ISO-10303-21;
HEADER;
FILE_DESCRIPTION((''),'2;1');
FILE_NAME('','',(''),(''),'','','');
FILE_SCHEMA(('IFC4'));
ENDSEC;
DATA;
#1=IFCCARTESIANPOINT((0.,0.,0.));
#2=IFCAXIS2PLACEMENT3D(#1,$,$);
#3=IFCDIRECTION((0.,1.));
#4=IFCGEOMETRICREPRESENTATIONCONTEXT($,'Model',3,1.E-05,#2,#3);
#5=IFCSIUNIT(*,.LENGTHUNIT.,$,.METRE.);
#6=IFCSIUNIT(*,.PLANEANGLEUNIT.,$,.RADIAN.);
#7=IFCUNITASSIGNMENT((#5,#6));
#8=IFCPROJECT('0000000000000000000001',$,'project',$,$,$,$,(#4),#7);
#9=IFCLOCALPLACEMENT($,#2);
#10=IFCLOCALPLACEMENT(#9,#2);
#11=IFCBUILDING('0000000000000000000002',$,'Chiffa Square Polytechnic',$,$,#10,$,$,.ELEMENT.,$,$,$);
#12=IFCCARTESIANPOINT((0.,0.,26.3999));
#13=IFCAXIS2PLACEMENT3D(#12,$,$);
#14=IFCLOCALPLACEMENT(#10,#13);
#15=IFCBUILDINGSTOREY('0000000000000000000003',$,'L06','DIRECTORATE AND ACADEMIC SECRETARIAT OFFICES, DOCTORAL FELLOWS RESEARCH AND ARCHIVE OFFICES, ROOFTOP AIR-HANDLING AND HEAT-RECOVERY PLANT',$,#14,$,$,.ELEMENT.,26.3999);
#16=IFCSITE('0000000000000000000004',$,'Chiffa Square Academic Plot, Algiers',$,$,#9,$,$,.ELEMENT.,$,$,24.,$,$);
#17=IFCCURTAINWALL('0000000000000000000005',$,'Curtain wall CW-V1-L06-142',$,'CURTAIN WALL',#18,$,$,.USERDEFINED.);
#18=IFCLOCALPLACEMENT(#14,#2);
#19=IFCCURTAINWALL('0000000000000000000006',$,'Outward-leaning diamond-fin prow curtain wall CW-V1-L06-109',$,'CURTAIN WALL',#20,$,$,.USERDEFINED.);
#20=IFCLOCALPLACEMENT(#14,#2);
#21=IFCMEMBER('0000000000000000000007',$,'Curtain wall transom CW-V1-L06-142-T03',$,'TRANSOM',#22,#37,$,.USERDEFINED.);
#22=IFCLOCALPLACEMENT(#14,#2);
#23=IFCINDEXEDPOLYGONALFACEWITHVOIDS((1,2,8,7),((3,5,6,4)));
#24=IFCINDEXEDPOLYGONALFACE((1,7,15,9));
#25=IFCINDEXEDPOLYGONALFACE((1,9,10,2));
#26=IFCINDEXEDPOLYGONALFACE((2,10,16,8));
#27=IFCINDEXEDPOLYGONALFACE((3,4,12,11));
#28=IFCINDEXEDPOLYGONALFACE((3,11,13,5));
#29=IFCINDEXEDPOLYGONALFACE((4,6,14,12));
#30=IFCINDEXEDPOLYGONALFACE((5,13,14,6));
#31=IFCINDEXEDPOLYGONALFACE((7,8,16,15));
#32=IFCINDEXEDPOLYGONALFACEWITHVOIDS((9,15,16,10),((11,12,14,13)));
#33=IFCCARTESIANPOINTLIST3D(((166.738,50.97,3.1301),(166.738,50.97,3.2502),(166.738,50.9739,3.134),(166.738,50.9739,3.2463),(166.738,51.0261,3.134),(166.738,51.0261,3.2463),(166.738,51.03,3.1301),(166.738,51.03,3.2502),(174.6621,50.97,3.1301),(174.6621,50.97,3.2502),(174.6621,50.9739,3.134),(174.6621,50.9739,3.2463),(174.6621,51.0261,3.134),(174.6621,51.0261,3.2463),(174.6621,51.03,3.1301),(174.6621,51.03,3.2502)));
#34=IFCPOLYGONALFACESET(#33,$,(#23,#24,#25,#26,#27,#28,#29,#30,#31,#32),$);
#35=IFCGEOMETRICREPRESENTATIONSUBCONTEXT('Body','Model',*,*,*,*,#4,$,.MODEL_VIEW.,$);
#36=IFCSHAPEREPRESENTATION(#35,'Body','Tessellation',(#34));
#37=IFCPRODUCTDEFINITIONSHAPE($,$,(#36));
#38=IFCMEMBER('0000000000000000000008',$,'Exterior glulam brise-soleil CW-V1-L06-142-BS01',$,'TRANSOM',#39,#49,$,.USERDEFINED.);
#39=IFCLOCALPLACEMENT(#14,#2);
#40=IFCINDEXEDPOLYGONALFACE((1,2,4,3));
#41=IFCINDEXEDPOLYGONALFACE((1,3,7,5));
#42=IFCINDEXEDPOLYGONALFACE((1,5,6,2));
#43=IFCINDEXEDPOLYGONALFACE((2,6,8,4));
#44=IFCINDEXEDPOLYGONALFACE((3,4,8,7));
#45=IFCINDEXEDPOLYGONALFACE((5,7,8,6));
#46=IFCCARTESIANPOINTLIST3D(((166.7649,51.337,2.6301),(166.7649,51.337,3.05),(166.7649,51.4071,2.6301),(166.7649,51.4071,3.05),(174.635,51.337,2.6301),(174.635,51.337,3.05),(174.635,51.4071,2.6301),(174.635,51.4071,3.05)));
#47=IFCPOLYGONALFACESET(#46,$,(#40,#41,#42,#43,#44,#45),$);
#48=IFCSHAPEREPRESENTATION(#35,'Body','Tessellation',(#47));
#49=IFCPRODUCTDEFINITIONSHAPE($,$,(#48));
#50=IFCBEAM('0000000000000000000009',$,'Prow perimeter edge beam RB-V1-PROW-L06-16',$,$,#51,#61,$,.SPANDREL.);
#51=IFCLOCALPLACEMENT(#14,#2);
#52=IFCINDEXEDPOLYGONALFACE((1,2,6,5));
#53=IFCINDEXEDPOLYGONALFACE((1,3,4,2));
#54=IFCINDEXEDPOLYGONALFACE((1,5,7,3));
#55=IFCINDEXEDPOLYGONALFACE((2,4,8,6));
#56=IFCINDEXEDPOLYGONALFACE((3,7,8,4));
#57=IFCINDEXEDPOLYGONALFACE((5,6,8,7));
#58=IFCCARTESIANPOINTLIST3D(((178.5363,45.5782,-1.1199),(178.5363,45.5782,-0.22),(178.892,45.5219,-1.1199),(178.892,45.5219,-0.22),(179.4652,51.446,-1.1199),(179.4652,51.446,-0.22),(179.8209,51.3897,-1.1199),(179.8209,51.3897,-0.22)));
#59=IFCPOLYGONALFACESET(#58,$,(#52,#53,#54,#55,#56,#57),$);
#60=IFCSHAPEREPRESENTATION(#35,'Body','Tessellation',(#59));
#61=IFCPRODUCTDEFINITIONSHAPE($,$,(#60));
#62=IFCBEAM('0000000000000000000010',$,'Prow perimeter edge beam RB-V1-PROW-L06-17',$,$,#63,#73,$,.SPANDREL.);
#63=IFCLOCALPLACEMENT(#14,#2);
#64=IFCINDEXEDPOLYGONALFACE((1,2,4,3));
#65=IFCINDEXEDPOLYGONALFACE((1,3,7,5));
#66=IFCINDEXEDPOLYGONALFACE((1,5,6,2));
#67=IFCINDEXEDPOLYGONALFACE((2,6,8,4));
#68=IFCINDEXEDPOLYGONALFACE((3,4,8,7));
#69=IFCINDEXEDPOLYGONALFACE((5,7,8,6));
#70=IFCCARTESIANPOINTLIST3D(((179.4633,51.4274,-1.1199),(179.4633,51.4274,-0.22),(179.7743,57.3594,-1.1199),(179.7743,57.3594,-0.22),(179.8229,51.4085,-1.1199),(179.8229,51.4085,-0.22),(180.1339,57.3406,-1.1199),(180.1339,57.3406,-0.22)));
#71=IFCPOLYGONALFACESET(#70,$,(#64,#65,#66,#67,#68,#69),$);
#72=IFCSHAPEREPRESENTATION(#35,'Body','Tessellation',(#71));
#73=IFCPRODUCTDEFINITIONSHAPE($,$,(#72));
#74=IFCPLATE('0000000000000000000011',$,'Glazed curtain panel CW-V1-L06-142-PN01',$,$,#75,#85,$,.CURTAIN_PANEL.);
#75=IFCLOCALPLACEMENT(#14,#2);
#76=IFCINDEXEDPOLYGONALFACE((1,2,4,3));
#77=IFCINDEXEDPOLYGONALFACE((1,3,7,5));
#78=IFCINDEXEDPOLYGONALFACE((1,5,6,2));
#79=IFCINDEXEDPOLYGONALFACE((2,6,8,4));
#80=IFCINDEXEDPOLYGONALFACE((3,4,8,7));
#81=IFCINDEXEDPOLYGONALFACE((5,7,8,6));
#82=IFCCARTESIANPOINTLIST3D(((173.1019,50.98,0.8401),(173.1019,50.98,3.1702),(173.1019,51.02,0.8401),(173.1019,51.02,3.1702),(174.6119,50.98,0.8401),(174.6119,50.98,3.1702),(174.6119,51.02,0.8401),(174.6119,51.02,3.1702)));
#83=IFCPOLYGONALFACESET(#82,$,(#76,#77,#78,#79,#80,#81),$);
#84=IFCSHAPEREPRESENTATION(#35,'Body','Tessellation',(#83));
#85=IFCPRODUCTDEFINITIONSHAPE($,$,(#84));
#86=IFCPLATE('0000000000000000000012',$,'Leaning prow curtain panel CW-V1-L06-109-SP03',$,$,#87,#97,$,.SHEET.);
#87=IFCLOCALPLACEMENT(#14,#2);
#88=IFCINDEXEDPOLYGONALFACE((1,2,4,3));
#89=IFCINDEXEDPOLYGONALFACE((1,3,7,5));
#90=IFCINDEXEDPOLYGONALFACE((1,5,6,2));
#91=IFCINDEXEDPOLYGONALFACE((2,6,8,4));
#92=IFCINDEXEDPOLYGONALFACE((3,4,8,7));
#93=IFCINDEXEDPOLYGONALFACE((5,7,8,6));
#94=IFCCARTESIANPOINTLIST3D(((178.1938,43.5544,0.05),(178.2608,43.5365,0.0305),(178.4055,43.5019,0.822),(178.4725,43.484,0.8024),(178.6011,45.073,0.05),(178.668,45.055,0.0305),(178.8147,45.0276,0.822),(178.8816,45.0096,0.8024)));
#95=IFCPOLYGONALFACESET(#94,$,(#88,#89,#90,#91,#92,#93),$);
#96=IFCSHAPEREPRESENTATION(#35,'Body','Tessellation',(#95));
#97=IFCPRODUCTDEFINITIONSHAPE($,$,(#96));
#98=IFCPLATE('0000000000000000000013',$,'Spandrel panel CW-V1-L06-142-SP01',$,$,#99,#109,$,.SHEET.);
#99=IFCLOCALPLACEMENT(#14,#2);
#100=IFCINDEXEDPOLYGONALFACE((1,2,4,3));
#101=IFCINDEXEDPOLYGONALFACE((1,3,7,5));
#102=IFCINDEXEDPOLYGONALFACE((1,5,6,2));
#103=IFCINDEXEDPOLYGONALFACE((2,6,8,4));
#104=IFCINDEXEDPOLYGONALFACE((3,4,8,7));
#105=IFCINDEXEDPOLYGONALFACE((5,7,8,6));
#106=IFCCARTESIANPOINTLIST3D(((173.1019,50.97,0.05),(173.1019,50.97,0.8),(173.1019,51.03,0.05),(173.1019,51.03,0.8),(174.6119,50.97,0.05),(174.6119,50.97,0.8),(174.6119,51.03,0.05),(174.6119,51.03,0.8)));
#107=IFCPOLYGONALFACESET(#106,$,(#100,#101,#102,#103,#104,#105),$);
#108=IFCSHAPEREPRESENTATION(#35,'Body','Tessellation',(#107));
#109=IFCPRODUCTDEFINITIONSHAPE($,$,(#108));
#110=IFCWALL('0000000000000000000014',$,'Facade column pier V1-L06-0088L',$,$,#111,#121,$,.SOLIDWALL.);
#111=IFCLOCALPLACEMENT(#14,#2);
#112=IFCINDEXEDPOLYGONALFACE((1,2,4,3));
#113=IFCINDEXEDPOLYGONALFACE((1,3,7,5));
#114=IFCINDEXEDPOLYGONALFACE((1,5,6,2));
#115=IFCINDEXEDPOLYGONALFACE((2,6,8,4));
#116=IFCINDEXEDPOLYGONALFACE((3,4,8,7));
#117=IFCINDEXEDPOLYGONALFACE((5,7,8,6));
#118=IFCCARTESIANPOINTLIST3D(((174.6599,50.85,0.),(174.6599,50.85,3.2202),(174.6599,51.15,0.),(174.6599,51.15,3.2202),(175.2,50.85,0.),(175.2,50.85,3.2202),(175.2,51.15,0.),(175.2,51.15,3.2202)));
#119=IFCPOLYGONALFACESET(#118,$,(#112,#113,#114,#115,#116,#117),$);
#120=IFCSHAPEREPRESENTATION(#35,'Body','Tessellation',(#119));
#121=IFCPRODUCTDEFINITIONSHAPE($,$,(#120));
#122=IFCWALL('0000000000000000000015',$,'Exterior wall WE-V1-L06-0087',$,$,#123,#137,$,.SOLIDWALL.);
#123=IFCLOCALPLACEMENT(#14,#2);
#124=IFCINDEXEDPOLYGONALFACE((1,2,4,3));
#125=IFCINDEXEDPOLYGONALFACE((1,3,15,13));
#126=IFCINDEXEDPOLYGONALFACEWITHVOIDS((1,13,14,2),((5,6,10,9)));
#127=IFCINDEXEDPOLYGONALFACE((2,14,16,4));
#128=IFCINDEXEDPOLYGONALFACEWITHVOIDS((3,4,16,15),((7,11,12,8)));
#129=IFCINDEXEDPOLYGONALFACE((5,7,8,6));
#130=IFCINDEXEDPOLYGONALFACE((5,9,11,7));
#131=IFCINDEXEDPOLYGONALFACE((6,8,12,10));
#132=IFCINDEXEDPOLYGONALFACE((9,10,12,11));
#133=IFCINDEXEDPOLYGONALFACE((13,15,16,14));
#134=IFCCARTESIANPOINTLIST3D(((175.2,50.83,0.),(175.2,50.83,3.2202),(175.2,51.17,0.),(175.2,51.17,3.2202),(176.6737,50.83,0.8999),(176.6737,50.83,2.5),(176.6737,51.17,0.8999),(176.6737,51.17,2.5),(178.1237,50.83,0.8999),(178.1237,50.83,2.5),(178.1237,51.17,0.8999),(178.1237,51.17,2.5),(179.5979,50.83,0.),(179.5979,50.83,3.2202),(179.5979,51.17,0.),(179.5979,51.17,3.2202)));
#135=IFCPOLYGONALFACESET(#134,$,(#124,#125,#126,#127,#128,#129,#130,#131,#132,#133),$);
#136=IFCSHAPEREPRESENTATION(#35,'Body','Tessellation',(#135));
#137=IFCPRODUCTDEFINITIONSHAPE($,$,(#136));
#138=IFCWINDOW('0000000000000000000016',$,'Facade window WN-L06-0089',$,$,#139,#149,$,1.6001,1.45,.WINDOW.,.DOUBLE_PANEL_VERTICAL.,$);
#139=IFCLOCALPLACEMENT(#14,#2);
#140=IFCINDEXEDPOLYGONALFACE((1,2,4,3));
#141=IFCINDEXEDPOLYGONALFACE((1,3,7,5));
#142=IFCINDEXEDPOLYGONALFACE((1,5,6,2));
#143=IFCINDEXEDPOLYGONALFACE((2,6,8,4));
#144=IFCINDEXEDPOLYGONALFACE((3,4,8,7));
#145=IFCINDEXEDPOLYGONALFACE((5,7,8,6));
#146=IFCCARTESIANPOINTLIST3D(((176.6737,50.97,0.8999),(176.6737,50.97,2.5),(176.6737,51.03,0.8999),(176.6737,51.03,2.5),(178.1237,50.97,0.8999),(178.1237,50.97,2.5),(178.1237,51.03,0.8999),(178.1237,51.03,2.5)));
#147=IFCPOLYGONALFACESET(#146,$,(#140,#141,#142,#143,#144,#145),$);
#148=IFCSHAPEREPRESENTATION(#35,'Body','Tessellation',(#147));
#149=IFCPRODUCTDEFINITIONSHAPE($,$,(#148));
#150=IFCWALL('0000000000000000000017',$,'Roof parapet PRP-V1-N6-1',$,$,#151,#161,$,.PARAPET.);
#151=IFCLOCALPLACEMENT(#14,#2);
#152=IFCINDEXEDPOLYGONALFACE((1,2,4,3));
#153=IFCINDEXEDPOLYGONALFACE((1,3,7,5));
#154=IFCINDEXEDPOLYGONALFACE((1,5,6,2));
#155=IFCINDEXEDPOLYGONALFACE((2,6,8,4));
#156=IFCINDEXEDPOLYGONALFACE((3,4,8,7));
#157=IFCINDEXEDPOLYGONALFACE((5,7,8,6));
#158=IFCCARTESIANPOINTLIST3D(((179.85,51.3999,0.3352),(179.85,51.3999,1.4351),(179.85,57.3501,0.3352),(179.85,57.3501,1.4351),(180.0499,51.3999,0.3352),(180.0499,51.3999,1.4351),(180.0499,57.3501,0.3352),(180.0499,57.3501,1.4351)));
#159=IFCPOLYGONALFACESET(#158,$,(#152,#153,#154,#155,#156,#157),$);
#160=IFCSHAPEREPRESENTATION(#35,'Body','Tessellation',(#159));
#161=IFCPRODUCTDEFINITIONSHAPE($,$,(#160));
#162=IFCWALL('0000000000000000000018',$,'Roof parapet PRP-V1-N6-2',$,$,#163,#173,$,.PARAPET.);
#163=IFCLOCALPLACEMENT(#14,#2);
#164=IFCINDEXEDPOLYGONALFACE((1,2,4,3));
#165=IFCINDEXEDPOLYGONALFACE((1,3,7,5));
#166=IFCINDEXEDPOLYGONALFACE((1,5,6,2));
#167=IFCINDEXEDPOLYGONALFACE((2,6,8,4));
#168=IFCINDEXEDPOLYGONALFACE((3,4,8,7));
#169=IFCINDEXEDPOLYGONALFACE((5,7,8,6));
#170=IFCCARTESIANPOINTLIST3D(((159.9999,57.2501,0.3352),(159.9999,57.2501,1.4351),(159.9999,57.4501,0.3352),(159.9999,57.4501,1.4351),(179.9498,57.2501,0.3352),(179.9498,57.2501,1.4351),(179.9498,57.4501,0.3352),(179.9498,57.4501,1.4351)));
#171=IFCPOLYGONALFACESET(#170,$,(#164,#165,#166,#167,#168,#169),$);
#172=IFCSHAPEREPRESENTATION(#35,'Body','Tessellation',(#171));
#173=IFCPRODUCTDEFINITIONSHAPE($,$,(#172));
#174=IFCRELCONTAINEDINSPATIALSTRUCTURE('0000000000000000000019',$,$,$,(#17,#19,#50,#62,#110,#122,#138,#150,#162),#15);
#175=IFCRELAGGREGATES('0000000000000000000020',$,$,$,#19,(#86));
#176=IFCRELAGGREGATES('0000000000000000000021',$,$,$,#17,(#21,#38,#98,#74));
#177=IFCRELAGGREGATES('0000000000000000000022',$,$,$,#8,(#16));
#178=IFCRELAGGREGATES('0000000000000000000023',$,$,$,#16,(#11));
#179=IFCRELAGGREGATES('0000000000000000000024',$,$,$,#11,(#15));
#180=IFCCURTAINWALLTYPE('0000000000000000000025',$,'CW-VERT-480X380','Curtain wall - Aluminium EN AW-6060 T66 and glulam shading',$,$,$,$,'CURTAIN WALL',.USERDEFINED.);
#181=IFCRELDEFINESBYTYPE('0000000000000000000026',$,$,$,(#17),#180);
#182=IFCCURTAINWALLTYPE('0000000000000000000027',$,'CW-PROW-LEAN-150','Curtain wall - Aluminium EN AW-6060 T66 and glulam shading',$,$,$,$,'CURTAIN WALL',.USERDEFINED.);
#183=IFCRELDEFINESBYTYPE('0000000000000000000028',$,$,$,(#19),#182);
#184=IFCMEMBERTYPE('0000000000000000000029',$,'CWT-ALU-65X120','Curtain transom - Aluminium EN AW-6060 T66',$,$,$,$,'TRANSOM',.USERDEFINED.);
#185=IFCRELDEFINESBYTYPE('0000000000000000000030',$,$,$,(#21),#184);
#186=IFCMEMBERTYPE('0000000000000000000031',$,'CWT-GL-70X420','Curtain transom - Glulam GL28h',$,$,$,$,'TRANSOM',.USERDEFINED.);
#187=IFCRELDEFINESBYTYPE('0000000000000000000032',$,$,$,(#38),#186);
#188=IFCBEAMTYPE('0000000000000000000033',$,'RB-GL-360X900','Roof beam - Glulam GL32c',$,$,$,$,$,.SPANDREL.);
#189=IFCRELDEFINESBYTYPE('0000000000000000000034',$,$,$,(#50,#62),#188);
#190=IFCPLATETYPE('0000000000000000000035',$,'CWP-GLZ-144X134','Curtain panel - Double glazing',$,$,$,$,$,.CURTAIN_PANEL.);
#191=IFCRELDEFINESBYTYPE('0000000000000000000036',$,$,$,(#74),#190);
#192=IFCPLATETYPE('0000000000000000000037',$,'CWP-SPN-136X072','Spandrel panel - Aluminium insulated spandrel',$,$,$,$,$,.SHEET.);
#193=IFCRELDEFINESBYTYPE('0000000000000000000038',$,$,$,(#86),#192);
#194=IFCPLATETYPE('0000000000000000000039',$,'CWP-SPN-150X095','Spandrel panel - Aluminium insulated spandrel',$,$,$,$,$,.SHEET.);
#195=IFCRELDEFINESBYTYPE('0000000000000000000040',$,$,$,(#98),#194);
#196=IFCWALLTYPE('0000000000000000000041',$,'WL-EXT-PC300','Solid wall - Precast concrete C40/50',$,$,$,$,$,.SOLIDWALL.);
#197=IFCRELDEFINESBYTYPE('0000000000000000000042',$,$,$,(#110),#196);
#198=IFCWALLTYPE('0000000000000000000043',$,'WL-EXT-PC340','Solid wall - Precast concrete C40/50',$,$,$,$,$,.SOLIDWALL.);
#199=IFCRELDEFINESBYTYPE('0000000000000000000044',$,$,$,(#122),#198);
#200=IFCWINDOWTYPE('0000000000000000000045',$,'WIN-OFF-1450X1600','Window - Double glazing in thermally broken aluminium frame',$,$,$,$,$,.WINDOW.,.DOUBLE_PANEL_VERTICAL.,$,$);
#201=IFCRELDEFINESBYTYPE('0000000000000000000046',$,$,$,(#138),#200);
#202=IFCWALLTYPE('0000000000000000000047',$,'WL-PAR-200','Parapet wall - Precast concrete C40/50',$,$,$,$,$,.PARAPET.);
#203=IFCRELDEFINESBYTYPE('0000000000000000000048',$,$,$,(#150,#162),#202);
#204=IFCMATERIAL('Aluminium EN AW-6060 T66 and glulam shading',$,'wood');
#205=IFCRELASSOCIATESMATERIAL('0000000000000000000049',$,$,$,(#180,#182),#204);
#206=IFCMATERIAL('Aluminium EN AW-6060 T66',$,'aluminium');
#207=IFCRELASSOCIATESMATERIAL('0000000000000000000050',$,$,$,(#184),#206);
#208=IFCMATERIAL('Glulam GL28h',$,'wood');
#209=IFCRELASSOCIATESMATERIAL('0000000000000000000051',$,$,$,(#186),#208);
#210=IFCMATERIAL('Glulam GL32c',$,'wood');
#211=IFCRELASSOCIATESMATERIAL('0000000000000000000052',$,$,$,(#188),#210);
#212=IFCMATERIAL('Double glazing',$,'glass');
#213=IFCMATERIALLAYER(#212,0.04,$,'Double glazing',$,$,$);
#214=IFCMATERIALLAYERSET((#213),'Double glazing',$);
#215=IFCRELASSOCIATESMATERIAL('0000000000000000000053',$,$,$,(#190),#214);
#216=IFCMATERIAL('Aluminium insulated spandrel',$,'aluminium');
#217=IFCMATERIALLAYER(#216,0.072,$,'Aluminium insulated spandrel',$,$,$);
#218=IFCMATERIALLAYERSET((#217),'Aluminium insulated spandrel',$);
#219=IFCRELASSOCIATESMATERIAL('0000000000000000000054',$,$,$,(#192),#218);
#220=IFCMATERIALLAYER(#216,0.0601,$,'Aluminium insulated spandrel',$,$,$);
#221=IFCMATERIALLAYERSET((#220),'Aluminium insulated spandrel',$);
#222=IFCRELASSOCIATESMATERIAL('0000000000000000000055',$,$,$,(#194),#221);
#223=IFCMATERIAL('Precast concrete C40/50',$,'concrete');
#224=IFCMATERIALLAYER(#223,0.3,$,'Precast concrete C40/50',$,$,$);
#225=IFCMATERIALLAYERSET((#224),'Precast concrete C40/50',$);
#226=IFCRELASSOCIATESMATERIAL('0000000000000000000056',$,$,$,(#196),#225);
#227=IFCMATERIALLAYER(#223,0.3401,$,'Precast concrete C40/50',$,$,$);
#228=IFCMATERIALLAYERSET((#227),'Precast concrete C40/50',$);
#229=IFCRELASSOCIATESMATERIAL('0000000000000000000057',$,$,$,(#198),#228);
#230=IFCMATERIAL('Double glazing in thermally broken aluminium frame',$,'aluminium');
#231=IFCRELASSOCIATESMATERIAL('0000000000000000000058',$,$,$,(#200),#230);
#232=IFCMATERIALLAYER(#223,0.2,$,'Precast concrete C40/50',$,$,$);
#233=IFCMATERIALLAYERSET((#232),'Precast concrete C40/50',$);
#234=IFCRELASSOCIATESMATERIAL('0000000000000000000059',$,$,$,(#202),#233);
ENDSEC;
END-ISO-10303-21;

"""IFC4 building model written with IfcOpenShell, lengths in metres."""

from ifc_helpers import new_model, si_unit, direction, frame, frame_2d, origin, origin_2d, place, context, subcontext, project, spatial, polyline, rectangle, hollow_rectangle, outline, extrude, material, layer, layer_set, material_profile, profile_set, type_object, element, fill, aggregate, save


model = new_model("IFC4")

# Units and contexts
model_context = context("Model", 3, precision=1e-05, world=origin(), true_north=direction((0.0, 1.0)))
body_context = subcontext(model_context, "Body", "Model", "MODEL_VIEW")
ifc_project = project(units=[si_unit("LENGTHUNIT", "METRE"), si_unit("PLANEANGLEUNIT", "RADIAN")], contexts=[model_context])

# Site, building, storey
site_placement = place(None, origin())
site = spatial("IfcSite", under=ifc_project, at=site_placement, Name="Chiffa Square Academic Plot, Algiers", CompositionType="ELEMENT", RefElevation=24.0)
building_placement = place(site_placement, origin())
building = spatial("IfcBuilding", under=site, at=building_placement, Name="Chiffa Square Polytechnic", CompositionType="ELEMENT")
storey_placement = place(building_placement, frame((0.0, 0.0, 26.3999)))
storey = spatial("IfcBuildingStorey", under=building, at=storey_placement, Name="L06", Description="DIRECTORATE AND ACADEMIC SECRETARIAT OFFICES, DOCTORAL FELLOWS RESEARCH AND ARCHIVE OFFICES, ROOFTOP AIR-HANDLING AND HEAT-RECOVERY PLANT", CompositionType="ELEMENT", Elevation=26.3999)

# Shared definitions
ifc_material_1 = material(Name="Glulam GL32c", Category="wood")

# Curtain wall
ifc_material_2 = material(Name="Aluminium EN AW-6060 T66 and glulam shading", Category="wood")
curtain_wall_type_1 = type_object("IfcCurtainWallType", Name="CW-VERT-480X380", Description="Curtain wall - Aluminium EN AW-6060 T66 and glulam shading", ElementType="CURTAIN WALL", PredefinedType="USERDEFINED", material=ifc_material_2)
curtain_wall_1_placement = place(storey_placement, origin())
curtain_wall_1 = element("IfcCurtainWall", 1, at=curtain_wall_1_placement, inside=storey, type_object=curtain_wall_type_1, Name="Curtain wall CW-V1-L06-142", ObjectType="CURTAIN WALL", PredefinedType="USERDEFINED")
ifc_material_3 = material(Name="Aluminium EN AW-6060 T66", Category="aluminium")

# Curtain wall
curtain_wall_type_2 = type_object("IfcCurtainWallType", Name="CW-PROW-LEAN-150", Description="Curtain wall - Aluminium EN AW-6060 T66 and glulam shading", ElementType="CURTAIN WALL", PredefinedType="USERDEFINED", material=ifc_material_2)
curtain_wall_2_placement = place(storey_placement, origin())
curtain_wall_2 = element("IfcCurtainWall", 2, at=curtain_wall_2_placement, inside=storey, type_object=curtain_wall_type_2, Name="Outward-leaning diamond-fin prow curtain wall CW-V1-L06-109", ObjectType="CURTAIN WALL", PredefinedType="USERDEFINED")
ifc_material_4 = material(Name="Glulam GL28h", Category="wood")

# Members
ifc_material_profile_1 = material_profile(ifc_material_3, hollow_rectangle(XDim=0.0601, YDim=0.1201, WallThickness=0.0039, at=origin_2d()), Name="ALU 60x120x4")
ifc_profile_set_1 = profile_set([ifc_material_profile_1], Name="Aluminium EN AW-6060 T66")
member_type_1 = type_object("IfcMemberType", Name="CWT-ALU-65X120", Description="Curtain transom - Aluminium EN AW-6060 T66", ElementType="TRANSOM", PredefinedType="USERDEFINED", material=ifc_profile_set_1)
member_1_placement = place(storey_placement, frame((174.6621, 51.0, 3.1902), z_axis=(-1.0, 0.0, 0.0), x_axis=(0.0, -1.0, 0.0)))
member_1 = element("IfcMember", 3, at=member_1_placement, type_object=member_type_1, Name="Curtain wall transom CW-V1-L06-142-T03", ObjectType="TRANSOM", PredefinedType="USERDEFINED", context=body_context, shape_type="SweptSolid", body=[
    extrude(hollow_rectangle(XDim=0.0601, YDim=0.1201, WallThickness=0.0039, at=origin_2d()), origin(), (0.0, 0.0, 1.0), 7.9241),
])
ifc_material_profile_2 = material_profile(ifc_material_4, rectangle(XDim=0.0701, YDim=0.4199, at=origin_2d()), Name="GL28h 70x420")
ifc_profile_set_2 = profile_set([ifc_material_profile_2], Name="Glulam GL28h")
member_type_2 = type_object("IfcMemberType", Name="CWT-GL-70X420", Description="Curtain transom - Glulam GL28h", ElementType="TRANSOM", PredefinedType="USERDEFINED", material=ifc_profile_set_2)
member_2_placement = place(storey_placement, frame((174.635, 51.3721, 2.8401), z_axis=(-1.0, 0.0, 0.0), x_axis=(0.0, -1.0, 0.0)))
member_2 = element("IfcMember", 4, at=member_2_placement, type_object=member_type_2, Name="Exterior glulam brise-soleil CW-V1-L06-142-BS01", ObjectType="TRANSOM", PredefinedType="USERDEFINED", context=body_context, shape_type="SweptSolid", body=[
    extrude(rectangle(XDim=0.0701, YDim=0.4199, at=origin_2d()), origin(), (0.0, 0.0, 1.0), 7.8701),
])

# Beams
ifc_material_profile_3 = material_profile(ifc_material_1, rectangle(XDim=0.3601, YDim=0.8999, at=origin_2d()), Name="GL32c 360x900")
ifc_profile_set_3 = profile_set([ifc_material_profile_3], Name="Glulam GL32c")
beam_type_1 = type_object("IfcBeamType", Name="RB-GL-360X900", Description="Roof beam - Glulam GL32c", PredefinedType="SPANDREL", material=ifc_profile_set_3)
beam_1_placement = place(storey_placement, frame((178.7141, 45.55, -0.6699), z_axis=(0.156364, 0.9877, 0.0), x_axis=(-0.9877, 0.156364, 0.0)))
element("IfcBeam", 5, at=beam_1_placement, inside=storey, type_object=beam_type_1, Name="Prow perimeter edge beam RB-V1-PROW-L06-16", PredefinedType="SPANDREL", context=body_context, shape_type="SweptSolid", body=[
    extrude(rectangle(XDim=0.3601, YDim=0.8999, at=origin_2d()), origin(), (0.0, 0.0, 1.0), 5.9409),
])
beam_2_placement = place(storey_placement, frame((179.6431, 51.418, -0.6699), z_axis=(0.05236, 0.998628, 0.0), x_axis=(-0.998628, 0.05236, 0.0)))
element("IfcBeam", 6, at=beam_2_placement, inside=storey, type_object=beam_type_1, Name="Prow perimeter edge beam RB-V1-PROW-L06-17", PredefinedType="SPANDREL", context=body_context, shape_type="SweptSolid", body=[
    extrude(rectangle(XDim=0.3601, YDim=0.8999, at=origin_2d()), origin(), (0.0, 0.0, 1.0), 5.9402),
])

# Plates
ifc_material_5 = material(Name="Double glazing", Category="glass")
ifc_layer_1 = layer(ifc_material_5, 0.04, Name="Double glazing")
ifc_layer_set_1 = layer_set([ifc_layer_1], Name="Double glazing")
plate_type_1 = type_object("IfcPlateType", Name="CWP-GLZ-144X134", Description="Curtain panel - Double glazing", PredefinedType="CURTAIN_PANEL", material=ifc_layer_set_1)
plate_1_placement = place(storey_placement, frame((173.8569, 51.0, 0.8401), z_axis=(0.0, 0.0, 1.0), x_axis=(-1.0, 0.0, 0.0)))
plate_1 = element("IfcPlate", 7, at=plate_1_placement, type_object=plate_type_1, Name="Glazed curtain panel CW-V1-L06-142-PN01", PredefinedType="CURTAIN_PANEL", context=body_context, shape_type="SweptSolid", body=[
    extrude(rectangle(XDim=1.51, YDim=0.04, at=origin_2d()), origin(), (0.0, 0.0, 1.0), 2.3301),
])
ifc_material_6 = material(Name="Aluminium insulated spandrel", Category="aluminium")
ifc_layer_2 = layer(ifc_material_6, 0.072, Name="Aluminium insulated spandrel")
ifc_layer_set_2 = layer_set([ifc_layer_2], Name="Aluminium insulated spandrel")
plate_type_2 = type_object("IfcPlateType", Name="CWP-SPN-136X072", Description="Spandrel panel - Aluminium insulated spandrel", PredefinedType="SHEET", material=ifc_layer_set_2)
plate_2_placement = place(storey_placement, frame((178.1938, 43.5544, 0.05), z_axis=(-0.929496, 0.249277, 0.271844), x_axis=(0.25903, 0.965869, -0.000004)))
plate_2 = element("IfcPlate", 8, at=plate_2_placement, type_object=plate_type_2, Name="Leaning prow curtain panel CW-V1-L06-109-SP03", PredefinedType="SHEET", context=body_context, shape_type="SweptSolid", body=[
    extrude(outline(polyline([(0.0, 0.0), (1.5722, 0.0), (1.5837, -0.8022), (0.0041, -0.8022), (0.0, 0.0)])), origin(), (0.0, 0.0, -1.0), 0.072),
])
aggregate(curtain_wall_2, [plate_2])
ifc_layer_3 = layer(ifc_material_6, 0.0601, Name="Aluminium insulated spandrel")
ifc_layer_set_3 = layer_set([ifc_layer_3], Name="Aluminium insulated spandrel")
plate_type_3 = type_object("IfcPlateType", Name="CWP-SPN-150X095", Description="Spandrel panel - Aluminium insulated spandrel", PredefinedType="SHEET", material=ifc_layer_set_3)
plate_3_placement = place(storey_placement, frame((173.8569, 51.0, 0.05), z_axis=(0.0, 0.0, 1.0), x_axis=(-1.0, 0.0, 0.0)))
plate_3 = element("IfcPlate", 9, at=plate_3_placement, type_object=plate_type_3, Name="Spandrel panel CW-V1-L06-142-SP01", PredefinedType="SHEET", context=body_context, shape_type="SweptSolid", body=[
    extrude(rectangle(XDim=1.51, YDim=0.0601, at=origin_2d()), origin(), (0.0, 0.0, 1.0), 0.75),
])
aggregate(curtain_wall_1, [member_1, member_2, plate_3, plate_1])

# Wall
ifc_material_7 = material(Name="Precast concrete C40/50", Category="concrete")
ifc_layer_4 = layer(ifc_material_7, 0.3, Name="Precast concrete C40/50")
ifc_layer_set_4 = layer_set([ifc_layer_4], Name="Precast concrete C40/50")
wall_type_1 = type_object("IfcWallType", Name="WL-EXT-PC300", Description="Solid wall - Precast concrete C40/50", PredefinedType="SOLIDWALL", material=ifc_layer_set_4)
wall_1_placement = place(storey_placement, frame((175.2, 51.0, 0.0), z_axis=(0.0, 0.0, 1.0), x_axis=(-1.0, 0.0, 0.0)))
element("IfcWall", 10, at=wall_1_placement, inside=storey, type_object=wall_type_1, Name="Facade column pier V1-L06-0088L", PredefinedType="SOLIDWALL", context=body_context, shape_type="SweptSolid", body=[
    extrude(rectangle(XDim=0.54, YDim=0.3, at=frame_2d((0.27, 0.0))), origin(), (0.0, 0.0, 1.0), 3.2202),
])

# Wall, opening, window
ifc_layer_5 = layer(ifc_material_7, 0.3401, Name="Precast concrete C40/50")
ifc_layer_set_5 = layer_set([ifc_layer_5], Name="Precast concrete C40/50")
wall_type_2 = type_object("IfcWallType", Name="WL-EXT-PC340", Description="Solid wall - Precast concrete C40/50", PredefinedType="SOLIDWALL", material=ifc_layer_set_5)
wall_2_placement = place(storey_placement, frame((179.5979, 51.0, 0.0), z_axis=(0.0, 0.0, 1.0), x_axis=(-1.0, 0.0, 0.0)))
wall_2 = element("IfcWall", 11, at=wall_2_placement, inside=storey, type_object=wall_type_2, Name="Exterior wall WE-V1-L06-0087", PredefinedType="SOLIDWALL", context=body_context, shape_type="SweptSolid", body=[
    extrude(rectangle(XDim=4.3979, YDim=0.3401, at=frame_2d((2.199, 0.0))), origin(), (0.0, 0.0, 1.0), 3.2202),
])
opening_placement = place(wall_2_placement, frame((1.4741, 0.0, 0.8999)))
opening = element("IfcOpeningElement", 12, at=opening_placement, cuts=wall_2, PredefinedType="OPENING", context=body_context, shape_type="SweptSolid", body=[
    extrude(rectangle(XDim=1.45, YDim=1.6001, at=frame_2d((0.7251, 0.8))), frame((0.0, 0.1802, 0.0), z_axis=(0.0, -1.0, 0.0), x_axis=(1.0, 0.0, 0.0)), (0.0, 0.0, 1.0), 0.3601),
])
ifc_material_8 = material(Name="Double glazing in thermally broken aluminium frame", Category="aluminium")
window_type = type_object("IfcWindowType", Name="WIN-OFF-1450X1600", Description="Window - Double glazing in thermally broken aluminium frame", PartitioningType="DOUBLE_PANEL_VERTICAL", PredefinedType="WINDOW", material=ifc_material_8)
window_placement = place(opening_placement, origin())
window = element("IfcWindow", 13, at=window_placement, inside=storey, type_object=window_type, Name="Facade window WN-L06-0089", OverallHeight=1.6001, OverallWidth=1.45, PartitioningType="DOUBLE_PANEL_VERTICAL", PredefinedType="WINDOW", context=body_context, shape_type="SweptSolid", body=[
    extrude(rectangle(XDim=1.45, YDim=1.6001, at=frame_2d((0.7251, 0.8))), frame((0.0, 0.03, 0.0), z_axis=(0.0, -1.0, 0.0), x_axis=(1.0, 0.0, 0.0)), (0.0, 0.0, 1.0), 0.0601),
])
fill(opening, window)

# Walls
ifc_layer_6 = layer(ifc_material_7, 0.2, Name="Precast concrete C40/50")
ifc_layer_set_6 = layer_set([ifc_layer_6], Name="Precast concrete C40/50")
wall_type_3 = type_object("IfcWallType", Name="WL-PAR-200", Description="Parapet wall - Precast concrete C40/50", PredefinedType="PARAPET", material=ifc_layer_set_6)
wall_3_placement = place(storey_placement, frame((179.95, 51.3999, 0.3352), z_axis=(0.0, 0.0, 1.0), x_axis=(0.0, 1.0, 0.0)))
element("IfcWall", 14, at=wall_3_placement, inside=storey, type_object=wall_type_3, Name="Roof parapet PRP-V1-N6-1", PredefinedType="PARAPET", context=body_context, shape_type="SweptSolid", body=[
    extrude(rectangle(XDim=5.9502, YDim=0.2, at=frame_2d((2.9751, 0.0))), origin(), (0.0, 0.0, 1.0), 1.0999),
])
wall_4_placement = place(storey_placement, frame((179.95, 57.3501, 0.3352), z_axis=(0.0, 0.0, 1.0), x_axis=(-1.0, 0.0, 0.0)))
element("IfcWall", 15, at=wall_4_placement, inside=storey, type_object=wall_type_3, Name="Roof parapet PRP-V1-N6-2", PredefinedType="PARAPET", context=body_context, shape_type="SweptSolid", body=[
    extrude(rectangle(XDim=19.95, YDim=0.2, at=frame_2d((9.9751, 0.0))), origin(), (0.0, 0.0, 1.0), 1.0999),
])

save(model, "model.ifc")
